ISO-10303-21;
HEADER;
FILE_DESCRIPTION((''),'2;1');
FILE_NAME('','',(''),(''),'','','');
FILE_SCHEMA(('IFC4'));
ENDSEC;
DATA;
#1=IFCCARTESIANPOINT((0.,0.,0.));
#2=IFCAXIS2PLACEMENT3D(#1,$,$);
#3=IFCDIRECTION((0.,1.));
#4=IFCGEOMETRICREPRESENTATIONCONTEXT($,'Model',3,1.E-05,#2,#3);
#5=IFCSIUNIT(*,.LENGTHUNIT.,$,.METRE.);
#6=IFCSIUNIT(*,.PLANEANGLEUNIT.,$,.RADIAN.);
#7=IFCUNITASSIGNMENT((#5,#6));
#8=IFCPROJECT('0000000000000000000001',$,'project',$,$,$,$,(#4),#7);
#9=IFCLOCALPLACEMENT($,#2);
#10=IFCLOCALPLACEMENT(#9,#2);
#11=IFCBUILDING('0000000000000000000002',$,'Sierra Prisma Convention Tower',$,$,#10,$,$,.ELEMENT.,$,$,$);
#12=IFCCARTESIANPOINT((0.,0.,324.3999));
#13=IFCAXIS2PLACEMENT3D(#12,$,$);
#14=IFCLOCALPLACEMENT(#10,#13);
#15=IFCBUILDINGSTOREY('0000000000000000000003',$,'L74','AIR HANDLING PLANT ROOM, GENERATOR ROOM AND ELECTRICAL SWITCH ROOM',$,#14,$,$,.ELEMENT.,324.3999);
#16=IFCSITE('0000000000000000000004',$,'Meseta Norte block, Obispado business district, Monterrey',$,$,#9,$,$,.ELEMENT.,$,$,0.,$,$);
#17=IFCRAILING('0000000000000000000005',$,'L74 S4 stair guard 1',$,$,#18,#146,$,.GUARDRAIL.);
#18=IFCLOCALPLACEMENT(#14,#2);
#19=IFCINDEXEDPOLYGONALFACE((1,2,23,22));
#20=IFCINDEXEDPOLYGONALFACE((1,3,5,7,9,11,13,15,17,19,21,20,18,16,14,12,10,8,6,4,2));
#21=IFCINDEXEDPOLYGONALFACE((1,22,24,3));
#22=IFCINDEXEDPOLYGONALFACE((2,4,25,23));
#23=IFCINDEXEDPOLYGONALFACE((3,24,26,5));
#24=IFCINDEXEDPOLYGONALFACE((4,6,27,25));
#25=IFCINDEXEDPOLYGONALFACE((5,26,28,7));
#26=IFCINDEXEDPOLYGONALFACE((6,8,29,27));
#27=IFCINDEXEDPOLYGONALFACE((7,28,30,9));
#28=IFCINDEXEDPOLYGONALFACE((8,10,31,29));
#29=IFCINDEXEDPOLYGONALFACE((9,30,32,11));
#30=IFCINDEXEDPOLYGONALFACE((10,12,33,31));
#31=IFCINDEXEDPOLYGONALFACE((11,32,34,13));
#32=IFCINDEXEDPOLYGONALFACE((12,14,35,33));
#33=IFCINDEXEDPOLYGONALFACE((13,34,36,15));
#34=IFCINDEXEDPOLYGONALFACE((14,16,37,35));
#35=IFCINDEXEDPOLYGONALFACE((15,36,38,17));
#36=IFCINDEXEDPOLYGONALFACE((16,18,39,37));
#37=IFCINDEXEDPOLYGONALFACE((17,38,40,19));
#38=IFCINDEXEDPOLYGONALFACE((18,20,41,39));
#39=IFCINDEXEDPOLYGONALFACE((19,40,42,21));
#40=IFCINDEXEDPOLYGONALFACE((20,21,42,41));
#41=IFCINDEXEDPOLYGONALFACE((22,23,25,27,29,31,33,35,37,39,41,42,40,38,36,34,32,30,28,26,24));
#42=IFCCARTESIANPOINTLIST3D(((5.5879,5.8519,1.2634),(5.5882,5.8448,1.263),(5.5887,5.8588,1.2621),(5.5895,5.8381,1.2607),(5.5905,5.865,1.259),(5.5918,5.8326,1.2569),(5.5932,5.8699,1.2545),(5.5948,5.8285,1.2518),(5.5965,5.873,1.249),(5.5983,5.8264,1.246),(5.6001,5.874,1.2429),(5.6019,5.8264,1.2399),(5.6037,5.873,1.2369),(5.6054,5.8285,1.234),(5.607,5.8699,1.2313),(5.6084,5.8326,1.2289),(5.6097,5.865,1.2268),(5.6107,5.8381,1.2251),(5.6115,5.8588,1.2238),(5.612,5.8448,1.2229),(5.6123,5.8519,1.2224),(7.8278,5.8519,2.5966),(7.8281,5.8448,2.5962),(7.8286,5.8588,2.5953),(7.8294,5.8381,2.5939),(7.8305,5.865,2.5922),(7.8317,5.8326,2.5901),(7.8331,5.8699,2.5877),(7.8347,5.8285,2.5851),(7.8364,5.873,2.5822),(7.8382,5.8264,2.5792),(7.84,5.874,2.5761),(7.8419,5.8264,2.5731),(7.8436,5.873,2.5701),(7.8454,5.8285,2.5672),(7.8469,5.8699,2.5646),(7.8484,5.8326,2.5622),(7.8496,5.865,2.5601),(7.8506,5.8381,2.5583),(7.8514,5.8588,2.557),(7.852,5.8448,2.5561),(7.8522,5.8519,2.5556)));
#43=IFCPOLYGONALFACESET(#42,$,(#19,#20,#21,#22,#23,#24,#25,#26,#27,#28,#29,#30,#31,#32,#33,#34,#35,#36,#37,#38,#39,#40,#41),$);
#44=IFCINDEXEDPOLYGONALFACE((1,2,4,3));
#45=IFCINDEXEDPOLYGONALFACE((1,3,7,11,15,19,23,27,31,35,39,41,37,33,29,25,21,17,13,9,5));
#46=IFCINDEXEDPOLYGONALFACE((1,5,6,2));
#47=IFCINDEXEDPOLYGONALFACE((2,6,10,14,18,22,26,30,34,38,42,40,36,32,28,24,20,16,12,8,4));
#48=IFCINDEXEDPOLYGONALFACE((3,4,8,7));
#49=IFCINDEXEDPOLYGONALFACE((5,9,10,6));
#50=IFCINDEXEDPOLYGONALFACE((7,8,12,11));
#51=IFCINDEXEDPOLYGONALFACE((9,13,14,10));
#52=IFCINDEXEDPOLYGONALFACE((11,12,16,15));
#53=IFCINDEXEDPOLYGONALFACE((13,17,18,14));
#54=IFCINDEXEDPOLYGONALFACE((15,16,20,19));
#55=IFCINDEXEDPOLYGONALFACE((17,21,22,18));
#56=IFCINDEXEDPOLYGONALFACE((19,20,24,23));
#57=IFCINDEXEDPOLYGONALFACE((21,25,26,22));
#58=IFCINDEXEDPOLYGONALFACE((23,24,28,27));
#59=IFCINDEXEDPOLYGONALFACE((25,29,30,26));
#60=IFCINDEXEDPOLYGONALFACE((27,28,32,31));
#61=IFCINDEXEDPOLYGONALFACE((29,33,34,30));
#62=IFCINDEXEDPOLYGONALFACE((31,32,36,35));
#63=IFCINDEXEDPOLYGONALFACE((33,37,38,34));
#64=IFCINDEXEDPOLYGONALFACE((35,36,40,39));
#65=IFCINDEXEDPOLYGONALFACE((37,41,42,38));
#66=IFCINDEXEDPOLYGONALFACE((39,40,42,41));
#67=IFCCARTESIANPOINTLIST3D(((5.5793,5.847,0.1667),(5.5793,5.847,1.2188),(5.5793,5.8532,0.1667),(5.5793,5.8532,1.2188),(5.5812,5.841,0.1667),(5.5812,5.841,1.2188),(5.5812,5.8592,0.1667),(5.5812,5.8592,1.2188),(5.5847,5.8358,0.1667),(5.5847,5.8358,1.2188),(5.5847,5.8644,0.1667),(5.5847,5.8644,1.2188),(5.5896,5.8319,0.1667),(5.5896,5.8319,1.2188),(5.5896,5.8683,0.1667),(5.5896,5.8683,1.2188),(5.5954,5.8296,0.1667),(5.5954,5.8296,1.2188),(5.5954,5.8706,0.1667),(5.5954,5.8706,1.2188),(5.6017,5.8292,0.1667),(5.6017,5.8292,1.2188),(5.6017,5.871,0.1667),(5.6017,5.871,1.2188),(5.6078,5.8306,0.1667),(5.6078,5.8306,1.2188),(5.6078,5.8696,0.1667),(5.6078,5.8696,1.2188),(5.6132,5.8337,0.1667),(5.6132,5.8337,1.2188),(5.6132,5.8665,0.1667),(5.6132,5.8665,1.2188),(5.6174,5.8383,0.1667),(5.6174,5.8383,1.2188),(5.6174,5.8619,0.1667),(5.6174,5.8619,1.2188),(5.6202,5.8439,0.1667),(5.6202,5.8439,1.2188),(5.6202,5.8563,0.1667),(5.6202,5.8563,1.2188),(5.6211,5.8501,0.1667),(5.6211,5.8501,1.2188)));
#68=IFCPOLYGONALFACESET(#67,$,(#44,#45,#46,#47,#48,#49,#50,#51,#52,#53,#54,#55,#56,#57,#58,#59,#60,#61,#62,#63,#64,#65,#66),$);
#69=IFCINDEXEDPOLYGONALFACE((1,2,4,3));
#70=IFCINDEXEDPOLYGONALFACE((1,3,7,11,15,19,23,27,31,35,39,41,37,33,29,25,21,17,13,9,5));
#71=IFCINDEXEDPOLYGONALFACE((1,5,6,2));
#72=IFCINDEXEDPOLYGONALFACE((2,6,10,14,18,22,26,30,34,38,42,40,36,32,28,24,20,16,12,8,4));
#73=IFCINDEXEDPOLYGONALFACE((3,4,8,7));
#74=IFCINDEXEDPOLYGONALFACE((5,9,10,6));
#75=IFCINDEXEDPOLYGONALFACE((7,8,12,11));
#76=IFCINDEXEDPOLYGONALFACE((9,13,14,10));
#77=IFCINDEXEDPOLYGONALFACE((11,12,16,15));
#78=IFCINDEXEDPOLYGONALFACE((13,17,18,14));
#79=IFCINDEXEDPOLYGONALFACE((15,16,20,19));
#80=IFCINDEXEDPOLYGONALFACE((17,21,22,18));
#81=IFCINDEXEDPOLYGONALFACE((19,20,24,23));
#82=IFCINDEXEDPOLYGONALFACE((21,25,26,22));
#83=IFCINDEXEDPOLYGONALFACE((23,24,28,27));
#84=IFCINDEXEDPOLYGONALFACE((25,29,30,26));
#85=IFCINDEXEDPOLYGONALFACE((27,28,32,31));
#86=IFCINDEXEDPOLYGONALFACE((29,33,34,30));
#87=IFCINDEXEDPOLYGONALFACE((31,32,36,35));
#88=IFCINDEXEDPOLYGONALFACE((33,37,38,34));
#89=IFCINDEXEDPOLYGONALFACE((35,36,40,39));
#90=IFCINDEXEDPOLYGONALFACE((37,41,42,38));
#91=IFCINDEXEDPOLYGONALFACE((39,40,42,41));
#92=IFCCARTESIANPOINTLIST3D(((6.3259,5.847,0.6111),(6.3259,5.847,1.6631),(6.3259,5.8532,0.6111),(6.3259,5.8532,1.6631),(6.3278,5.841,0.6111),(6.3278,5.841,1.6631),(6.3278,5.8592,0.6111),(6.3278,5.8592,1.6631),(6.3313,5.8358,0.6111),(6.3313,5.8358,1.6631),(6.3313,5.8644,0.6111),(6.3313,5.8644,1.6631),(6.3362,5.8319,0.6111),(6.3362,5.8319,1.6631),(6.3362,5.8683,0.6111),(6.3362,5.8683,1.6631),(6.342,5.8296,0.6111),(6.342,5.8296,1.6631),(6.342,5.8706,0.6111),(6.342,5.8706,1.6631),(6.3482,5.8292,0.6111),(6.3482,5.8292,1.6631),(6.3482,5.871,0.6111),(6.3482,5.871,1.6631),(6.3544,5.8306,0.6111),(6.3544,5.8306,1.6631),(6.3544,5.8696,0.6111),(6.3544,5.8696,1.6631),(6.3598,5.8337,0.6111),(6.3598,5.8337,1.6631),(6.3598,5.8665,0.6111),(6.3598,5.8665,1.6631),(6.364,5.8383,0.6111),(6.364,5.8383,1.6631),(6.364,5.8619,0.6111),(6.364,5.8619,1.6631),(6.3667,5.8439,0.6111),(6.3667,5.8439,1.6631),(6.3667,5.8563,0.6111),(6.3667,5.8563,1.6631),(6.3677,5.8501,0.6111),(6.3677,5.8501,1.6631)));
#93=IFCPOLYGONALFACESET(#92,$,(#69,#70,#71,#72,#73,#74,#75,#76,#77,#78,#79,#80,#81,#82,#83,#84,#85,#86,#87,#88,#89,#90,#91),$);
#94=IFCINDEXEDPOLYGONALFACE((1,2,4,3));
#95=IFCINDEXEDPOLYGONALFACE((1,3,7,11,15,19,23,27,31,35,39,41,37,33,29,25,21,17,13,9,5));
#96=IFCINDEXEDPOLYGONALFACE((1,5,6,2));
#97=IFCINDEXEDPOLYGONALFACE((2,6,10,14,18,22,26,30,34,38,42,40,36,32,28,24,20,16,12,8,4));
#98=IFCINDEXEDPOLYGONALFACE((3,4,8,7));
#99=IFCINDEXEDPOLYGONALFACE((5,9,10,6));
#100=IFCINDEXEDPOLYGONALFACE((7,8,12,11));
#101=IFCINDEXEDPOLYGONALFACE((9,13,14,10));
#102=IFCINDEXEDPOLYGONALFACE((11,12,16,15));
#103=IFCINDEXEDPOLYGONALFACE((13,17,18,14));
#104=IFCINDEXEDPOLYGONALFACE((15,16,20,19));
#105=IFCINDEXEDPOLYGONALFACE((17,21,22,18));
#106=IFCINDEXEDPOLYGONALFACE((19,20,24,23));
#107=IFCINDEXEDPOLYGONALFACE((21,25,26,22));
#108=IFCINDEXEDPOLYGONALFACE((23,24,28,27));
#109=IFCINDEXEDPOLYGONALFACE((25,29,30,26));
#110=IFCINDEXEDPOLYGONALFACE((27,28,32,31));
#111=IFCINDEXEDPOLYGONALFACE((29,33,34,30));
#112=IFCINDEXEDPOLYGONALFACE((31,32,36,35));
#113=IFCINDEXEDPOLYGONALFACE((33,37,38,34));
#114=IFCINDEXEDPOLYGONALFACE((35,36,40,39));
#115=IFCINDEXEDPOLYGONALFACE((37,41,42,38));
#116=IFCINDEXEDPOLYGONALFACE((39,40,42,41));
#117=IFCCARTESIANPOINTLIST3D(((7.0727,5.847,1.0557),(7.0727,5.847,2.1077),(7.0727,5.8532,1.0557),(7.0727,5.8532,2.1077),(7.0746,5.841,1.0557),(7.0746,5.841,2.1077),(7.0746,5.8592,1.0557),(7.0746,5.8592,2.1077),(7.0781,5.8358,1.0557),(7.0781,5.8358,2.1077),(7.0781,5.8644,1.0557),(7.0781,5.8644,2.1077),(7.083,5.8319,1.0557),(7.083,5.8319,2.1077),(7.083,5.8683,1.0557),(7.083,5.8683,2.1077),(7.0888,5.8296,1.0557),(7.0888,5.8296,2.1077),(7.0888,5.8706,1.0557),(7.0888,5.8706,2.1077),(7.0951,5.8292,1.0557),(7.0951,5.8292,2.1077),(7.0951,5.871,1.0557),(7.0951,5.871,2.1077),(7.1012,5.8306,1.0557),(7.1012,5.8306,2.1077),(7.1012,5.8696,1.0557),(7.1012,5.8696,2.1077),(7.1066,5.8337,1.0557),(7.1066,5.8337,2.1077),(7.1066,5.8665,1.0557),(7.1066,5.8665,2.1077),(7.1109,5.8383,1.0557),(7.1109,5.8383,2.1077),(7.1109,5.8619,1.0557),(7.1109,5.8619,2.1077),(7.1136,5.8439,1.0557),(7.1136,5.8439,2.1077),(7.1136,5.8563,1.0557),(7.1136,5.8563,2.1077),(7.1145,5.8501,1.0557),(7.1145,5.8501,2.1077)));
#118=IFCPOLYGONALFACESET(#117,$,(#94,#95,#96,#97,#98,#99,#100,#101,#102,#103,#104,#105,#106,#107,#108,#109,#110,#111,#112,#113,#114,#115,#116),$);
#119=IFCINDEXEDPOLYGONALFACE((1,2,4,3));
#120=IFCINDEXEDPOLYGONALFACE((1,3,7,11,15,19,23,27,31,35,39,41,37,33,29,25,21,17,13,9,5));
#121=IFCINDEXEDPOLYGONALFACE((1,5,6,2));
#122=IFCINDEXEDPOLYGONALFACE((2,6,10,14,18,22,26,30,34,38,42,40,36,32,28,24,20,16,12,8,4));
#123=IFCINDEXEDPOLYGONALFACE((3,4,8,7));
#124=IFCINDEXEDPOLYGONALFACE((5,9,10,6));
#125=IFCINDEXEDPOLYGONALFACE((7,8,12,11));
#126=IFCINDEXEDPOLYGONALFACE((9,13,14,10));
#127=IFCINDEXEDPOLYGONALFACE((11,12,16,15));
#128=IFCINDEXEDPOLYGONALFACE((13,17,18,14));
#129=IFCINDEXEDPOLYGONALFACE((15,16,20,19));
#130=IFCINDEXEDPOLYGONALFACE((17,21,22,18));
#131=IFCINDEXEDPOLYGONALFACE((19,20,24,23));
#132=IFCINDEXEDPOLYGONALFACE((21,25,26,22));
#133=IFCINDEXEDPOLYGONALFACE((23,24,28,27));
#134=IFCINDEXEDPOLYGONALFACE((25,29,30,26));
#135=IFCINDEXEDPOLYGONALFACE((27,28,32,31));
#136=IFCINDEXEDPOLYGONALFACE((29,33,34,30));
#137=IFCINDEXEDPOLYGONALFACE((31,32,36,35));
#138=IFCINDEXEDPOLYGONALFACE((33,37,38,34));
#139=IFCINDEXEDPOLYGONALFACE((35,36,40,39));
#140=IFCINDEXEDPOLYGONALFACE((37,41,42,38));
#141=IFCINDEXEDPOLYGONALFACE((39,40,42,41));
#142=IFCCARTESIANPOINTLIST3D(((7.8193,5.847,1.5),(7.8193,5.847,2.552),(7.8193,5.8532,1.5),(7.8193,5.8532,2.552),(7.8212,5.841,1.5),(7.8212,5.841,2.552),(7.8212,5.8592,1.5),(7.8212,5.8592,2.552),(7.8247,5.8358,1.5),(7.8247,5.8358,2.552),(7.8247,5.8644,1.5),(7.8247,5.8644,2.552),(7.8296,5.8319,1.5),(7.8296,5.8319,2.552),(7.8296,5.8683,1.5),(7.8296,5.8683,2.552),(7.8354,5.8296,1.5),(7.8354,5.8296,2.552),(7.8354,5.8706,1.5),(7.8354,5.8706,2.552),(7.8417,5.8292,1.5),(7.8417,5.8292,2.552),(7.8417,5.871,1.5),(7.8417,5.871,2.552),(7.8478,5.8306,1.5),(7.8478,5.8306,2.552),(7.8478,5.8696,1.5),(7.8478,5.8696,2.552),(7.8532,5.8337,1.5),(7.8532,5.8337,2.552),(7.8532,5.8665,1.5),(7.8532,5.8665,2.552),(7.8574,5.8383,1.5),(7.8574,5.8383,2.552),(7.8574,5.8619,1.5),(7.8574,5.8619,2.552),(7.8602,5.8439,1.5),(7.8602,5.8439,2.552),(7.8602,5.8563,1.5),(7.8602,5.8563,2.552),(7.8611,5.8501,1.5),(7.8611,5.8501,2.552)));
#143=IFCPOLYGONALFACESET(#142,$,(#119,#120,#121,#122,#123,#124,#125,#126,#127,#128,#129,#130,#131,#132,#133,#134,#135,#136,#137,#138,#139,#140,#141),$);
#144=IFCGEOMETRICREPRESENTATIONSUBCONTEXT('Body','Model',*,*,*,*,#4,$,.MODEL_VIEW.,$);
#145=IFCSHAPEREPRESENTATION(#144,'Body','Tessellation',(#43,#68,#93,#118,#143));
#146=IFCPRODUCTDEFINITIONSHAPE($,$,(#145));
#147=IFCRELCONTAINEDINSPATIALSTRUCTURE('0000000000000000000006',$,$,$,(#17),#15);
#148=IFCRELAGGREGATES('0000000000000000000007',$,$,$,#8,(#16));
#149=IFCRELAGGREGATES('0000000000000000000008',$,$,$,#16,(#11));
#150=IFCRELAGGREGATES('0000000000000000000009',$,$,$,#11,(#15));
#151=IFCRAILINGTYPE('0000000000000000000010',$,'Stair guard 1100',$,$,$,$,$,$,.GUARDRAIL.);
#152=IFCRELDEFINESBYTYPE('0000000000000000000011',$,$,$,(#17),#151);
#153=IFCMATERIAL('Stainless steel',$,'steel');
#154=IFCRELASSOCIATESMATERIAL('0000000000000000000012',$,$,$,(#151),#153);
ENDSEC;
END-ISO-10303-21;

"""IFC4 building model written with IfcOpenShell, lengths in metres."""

from ifc_helpers import new_model, si_unit, direction, frame, origin, origin_2d, place, context, subcontext, project, spatial, circle, extrude, material, type_object, element, save


model = new_model("IFC4")

# Units and contexts
model_context = context("Model", 3, precision=1e-05, world=origin(), true_north=direction((0.0, 1.0)))
body_context = subcontext(model_context, "Body", "Model", "MODEL_VIEW")
ifc_project = project(units=[si_unit("LENGTHUNIT", "METRE"), si_unit("PLANEANGLEUNIT", "RADIAN")], contexts=[model_context])

# Site, building, storey
site_placement = place(None, origin())
site = spatial("IfcSite", under=ifc_project, at=site_placement, Name="Meseta Norte block, Obispado business district, Monterrey", CompositionType="ELEMENT", RefElevation=0.0)
building_placement = place(site_placement, origin())
building = spatial("IfcBuilding", under=site, at=building_placement, Name="Sierra Prisma Convention Tower", CompositionType="ELEMENT")
storey_placement = place(building_placement, frame((0.0, 0.0, 324.3999)))
storey = spatial("IfcBuildingStorey", under=building, at=storey_placement, Name="L74", Description="AIR HANDLING PLANT ROOM, GENERATOR ROOM AND ELECTRICAL SWITCH ROOM", CompositionType="ELEMENT", Elevation=324.3999)

# Railing
ifc_material_1 = material(Name="Stainless steel", Category="steel")
railing_type = type_object("IfcRailingType", Name="Stair guard 1100", PredefinedType="GUARDRAIL", material=ifc_material_1)
railing_1_placement = place(storey_placement, frame((5.6001, 5.8501, 0.1667)))
element("IfcRailing", 1, at=railing_1_placement, inside=storey, type_object=railing_type, Name="L74 S4 stair guard 1", PredefinedType="GUARDRAIL", context=body_context, shape_type="SweptSolid", body=[
    extrude(circle(Radius=0.0239, at=origin_2d()), frame((0.0, 0.0, 1.0762), z_axis=(0.859306, 0.0, 0.511462), x_axis=(0.0, 1.0, 0.0)), (0.0, 0.0, 1.0), 2.6067),
    extrude(circle(Radius=0.021, at=origin_2d()), origin(), (0.0, 0.0, 1.0), 1.052),
    extrude(circle(Radius=0.021, at=origin_2d()), frame((0.7466, 0.0, 0.4443)), (0.0, 0.0, 1.0), 1.052),
    extrude(circle(Radius=0.021, at=origin_2d()), frame((1.4934, 0.0, 0.8889)), (0.0, 0.0, 1.0), 1.052),
    extrude(circle(Radius=0.021, at=origin_2d()), frame((2.24, 0.0, 1.3333)), (0.0, 0.0, 1.0), 1.052),
])

save(model, "model.ifc")
